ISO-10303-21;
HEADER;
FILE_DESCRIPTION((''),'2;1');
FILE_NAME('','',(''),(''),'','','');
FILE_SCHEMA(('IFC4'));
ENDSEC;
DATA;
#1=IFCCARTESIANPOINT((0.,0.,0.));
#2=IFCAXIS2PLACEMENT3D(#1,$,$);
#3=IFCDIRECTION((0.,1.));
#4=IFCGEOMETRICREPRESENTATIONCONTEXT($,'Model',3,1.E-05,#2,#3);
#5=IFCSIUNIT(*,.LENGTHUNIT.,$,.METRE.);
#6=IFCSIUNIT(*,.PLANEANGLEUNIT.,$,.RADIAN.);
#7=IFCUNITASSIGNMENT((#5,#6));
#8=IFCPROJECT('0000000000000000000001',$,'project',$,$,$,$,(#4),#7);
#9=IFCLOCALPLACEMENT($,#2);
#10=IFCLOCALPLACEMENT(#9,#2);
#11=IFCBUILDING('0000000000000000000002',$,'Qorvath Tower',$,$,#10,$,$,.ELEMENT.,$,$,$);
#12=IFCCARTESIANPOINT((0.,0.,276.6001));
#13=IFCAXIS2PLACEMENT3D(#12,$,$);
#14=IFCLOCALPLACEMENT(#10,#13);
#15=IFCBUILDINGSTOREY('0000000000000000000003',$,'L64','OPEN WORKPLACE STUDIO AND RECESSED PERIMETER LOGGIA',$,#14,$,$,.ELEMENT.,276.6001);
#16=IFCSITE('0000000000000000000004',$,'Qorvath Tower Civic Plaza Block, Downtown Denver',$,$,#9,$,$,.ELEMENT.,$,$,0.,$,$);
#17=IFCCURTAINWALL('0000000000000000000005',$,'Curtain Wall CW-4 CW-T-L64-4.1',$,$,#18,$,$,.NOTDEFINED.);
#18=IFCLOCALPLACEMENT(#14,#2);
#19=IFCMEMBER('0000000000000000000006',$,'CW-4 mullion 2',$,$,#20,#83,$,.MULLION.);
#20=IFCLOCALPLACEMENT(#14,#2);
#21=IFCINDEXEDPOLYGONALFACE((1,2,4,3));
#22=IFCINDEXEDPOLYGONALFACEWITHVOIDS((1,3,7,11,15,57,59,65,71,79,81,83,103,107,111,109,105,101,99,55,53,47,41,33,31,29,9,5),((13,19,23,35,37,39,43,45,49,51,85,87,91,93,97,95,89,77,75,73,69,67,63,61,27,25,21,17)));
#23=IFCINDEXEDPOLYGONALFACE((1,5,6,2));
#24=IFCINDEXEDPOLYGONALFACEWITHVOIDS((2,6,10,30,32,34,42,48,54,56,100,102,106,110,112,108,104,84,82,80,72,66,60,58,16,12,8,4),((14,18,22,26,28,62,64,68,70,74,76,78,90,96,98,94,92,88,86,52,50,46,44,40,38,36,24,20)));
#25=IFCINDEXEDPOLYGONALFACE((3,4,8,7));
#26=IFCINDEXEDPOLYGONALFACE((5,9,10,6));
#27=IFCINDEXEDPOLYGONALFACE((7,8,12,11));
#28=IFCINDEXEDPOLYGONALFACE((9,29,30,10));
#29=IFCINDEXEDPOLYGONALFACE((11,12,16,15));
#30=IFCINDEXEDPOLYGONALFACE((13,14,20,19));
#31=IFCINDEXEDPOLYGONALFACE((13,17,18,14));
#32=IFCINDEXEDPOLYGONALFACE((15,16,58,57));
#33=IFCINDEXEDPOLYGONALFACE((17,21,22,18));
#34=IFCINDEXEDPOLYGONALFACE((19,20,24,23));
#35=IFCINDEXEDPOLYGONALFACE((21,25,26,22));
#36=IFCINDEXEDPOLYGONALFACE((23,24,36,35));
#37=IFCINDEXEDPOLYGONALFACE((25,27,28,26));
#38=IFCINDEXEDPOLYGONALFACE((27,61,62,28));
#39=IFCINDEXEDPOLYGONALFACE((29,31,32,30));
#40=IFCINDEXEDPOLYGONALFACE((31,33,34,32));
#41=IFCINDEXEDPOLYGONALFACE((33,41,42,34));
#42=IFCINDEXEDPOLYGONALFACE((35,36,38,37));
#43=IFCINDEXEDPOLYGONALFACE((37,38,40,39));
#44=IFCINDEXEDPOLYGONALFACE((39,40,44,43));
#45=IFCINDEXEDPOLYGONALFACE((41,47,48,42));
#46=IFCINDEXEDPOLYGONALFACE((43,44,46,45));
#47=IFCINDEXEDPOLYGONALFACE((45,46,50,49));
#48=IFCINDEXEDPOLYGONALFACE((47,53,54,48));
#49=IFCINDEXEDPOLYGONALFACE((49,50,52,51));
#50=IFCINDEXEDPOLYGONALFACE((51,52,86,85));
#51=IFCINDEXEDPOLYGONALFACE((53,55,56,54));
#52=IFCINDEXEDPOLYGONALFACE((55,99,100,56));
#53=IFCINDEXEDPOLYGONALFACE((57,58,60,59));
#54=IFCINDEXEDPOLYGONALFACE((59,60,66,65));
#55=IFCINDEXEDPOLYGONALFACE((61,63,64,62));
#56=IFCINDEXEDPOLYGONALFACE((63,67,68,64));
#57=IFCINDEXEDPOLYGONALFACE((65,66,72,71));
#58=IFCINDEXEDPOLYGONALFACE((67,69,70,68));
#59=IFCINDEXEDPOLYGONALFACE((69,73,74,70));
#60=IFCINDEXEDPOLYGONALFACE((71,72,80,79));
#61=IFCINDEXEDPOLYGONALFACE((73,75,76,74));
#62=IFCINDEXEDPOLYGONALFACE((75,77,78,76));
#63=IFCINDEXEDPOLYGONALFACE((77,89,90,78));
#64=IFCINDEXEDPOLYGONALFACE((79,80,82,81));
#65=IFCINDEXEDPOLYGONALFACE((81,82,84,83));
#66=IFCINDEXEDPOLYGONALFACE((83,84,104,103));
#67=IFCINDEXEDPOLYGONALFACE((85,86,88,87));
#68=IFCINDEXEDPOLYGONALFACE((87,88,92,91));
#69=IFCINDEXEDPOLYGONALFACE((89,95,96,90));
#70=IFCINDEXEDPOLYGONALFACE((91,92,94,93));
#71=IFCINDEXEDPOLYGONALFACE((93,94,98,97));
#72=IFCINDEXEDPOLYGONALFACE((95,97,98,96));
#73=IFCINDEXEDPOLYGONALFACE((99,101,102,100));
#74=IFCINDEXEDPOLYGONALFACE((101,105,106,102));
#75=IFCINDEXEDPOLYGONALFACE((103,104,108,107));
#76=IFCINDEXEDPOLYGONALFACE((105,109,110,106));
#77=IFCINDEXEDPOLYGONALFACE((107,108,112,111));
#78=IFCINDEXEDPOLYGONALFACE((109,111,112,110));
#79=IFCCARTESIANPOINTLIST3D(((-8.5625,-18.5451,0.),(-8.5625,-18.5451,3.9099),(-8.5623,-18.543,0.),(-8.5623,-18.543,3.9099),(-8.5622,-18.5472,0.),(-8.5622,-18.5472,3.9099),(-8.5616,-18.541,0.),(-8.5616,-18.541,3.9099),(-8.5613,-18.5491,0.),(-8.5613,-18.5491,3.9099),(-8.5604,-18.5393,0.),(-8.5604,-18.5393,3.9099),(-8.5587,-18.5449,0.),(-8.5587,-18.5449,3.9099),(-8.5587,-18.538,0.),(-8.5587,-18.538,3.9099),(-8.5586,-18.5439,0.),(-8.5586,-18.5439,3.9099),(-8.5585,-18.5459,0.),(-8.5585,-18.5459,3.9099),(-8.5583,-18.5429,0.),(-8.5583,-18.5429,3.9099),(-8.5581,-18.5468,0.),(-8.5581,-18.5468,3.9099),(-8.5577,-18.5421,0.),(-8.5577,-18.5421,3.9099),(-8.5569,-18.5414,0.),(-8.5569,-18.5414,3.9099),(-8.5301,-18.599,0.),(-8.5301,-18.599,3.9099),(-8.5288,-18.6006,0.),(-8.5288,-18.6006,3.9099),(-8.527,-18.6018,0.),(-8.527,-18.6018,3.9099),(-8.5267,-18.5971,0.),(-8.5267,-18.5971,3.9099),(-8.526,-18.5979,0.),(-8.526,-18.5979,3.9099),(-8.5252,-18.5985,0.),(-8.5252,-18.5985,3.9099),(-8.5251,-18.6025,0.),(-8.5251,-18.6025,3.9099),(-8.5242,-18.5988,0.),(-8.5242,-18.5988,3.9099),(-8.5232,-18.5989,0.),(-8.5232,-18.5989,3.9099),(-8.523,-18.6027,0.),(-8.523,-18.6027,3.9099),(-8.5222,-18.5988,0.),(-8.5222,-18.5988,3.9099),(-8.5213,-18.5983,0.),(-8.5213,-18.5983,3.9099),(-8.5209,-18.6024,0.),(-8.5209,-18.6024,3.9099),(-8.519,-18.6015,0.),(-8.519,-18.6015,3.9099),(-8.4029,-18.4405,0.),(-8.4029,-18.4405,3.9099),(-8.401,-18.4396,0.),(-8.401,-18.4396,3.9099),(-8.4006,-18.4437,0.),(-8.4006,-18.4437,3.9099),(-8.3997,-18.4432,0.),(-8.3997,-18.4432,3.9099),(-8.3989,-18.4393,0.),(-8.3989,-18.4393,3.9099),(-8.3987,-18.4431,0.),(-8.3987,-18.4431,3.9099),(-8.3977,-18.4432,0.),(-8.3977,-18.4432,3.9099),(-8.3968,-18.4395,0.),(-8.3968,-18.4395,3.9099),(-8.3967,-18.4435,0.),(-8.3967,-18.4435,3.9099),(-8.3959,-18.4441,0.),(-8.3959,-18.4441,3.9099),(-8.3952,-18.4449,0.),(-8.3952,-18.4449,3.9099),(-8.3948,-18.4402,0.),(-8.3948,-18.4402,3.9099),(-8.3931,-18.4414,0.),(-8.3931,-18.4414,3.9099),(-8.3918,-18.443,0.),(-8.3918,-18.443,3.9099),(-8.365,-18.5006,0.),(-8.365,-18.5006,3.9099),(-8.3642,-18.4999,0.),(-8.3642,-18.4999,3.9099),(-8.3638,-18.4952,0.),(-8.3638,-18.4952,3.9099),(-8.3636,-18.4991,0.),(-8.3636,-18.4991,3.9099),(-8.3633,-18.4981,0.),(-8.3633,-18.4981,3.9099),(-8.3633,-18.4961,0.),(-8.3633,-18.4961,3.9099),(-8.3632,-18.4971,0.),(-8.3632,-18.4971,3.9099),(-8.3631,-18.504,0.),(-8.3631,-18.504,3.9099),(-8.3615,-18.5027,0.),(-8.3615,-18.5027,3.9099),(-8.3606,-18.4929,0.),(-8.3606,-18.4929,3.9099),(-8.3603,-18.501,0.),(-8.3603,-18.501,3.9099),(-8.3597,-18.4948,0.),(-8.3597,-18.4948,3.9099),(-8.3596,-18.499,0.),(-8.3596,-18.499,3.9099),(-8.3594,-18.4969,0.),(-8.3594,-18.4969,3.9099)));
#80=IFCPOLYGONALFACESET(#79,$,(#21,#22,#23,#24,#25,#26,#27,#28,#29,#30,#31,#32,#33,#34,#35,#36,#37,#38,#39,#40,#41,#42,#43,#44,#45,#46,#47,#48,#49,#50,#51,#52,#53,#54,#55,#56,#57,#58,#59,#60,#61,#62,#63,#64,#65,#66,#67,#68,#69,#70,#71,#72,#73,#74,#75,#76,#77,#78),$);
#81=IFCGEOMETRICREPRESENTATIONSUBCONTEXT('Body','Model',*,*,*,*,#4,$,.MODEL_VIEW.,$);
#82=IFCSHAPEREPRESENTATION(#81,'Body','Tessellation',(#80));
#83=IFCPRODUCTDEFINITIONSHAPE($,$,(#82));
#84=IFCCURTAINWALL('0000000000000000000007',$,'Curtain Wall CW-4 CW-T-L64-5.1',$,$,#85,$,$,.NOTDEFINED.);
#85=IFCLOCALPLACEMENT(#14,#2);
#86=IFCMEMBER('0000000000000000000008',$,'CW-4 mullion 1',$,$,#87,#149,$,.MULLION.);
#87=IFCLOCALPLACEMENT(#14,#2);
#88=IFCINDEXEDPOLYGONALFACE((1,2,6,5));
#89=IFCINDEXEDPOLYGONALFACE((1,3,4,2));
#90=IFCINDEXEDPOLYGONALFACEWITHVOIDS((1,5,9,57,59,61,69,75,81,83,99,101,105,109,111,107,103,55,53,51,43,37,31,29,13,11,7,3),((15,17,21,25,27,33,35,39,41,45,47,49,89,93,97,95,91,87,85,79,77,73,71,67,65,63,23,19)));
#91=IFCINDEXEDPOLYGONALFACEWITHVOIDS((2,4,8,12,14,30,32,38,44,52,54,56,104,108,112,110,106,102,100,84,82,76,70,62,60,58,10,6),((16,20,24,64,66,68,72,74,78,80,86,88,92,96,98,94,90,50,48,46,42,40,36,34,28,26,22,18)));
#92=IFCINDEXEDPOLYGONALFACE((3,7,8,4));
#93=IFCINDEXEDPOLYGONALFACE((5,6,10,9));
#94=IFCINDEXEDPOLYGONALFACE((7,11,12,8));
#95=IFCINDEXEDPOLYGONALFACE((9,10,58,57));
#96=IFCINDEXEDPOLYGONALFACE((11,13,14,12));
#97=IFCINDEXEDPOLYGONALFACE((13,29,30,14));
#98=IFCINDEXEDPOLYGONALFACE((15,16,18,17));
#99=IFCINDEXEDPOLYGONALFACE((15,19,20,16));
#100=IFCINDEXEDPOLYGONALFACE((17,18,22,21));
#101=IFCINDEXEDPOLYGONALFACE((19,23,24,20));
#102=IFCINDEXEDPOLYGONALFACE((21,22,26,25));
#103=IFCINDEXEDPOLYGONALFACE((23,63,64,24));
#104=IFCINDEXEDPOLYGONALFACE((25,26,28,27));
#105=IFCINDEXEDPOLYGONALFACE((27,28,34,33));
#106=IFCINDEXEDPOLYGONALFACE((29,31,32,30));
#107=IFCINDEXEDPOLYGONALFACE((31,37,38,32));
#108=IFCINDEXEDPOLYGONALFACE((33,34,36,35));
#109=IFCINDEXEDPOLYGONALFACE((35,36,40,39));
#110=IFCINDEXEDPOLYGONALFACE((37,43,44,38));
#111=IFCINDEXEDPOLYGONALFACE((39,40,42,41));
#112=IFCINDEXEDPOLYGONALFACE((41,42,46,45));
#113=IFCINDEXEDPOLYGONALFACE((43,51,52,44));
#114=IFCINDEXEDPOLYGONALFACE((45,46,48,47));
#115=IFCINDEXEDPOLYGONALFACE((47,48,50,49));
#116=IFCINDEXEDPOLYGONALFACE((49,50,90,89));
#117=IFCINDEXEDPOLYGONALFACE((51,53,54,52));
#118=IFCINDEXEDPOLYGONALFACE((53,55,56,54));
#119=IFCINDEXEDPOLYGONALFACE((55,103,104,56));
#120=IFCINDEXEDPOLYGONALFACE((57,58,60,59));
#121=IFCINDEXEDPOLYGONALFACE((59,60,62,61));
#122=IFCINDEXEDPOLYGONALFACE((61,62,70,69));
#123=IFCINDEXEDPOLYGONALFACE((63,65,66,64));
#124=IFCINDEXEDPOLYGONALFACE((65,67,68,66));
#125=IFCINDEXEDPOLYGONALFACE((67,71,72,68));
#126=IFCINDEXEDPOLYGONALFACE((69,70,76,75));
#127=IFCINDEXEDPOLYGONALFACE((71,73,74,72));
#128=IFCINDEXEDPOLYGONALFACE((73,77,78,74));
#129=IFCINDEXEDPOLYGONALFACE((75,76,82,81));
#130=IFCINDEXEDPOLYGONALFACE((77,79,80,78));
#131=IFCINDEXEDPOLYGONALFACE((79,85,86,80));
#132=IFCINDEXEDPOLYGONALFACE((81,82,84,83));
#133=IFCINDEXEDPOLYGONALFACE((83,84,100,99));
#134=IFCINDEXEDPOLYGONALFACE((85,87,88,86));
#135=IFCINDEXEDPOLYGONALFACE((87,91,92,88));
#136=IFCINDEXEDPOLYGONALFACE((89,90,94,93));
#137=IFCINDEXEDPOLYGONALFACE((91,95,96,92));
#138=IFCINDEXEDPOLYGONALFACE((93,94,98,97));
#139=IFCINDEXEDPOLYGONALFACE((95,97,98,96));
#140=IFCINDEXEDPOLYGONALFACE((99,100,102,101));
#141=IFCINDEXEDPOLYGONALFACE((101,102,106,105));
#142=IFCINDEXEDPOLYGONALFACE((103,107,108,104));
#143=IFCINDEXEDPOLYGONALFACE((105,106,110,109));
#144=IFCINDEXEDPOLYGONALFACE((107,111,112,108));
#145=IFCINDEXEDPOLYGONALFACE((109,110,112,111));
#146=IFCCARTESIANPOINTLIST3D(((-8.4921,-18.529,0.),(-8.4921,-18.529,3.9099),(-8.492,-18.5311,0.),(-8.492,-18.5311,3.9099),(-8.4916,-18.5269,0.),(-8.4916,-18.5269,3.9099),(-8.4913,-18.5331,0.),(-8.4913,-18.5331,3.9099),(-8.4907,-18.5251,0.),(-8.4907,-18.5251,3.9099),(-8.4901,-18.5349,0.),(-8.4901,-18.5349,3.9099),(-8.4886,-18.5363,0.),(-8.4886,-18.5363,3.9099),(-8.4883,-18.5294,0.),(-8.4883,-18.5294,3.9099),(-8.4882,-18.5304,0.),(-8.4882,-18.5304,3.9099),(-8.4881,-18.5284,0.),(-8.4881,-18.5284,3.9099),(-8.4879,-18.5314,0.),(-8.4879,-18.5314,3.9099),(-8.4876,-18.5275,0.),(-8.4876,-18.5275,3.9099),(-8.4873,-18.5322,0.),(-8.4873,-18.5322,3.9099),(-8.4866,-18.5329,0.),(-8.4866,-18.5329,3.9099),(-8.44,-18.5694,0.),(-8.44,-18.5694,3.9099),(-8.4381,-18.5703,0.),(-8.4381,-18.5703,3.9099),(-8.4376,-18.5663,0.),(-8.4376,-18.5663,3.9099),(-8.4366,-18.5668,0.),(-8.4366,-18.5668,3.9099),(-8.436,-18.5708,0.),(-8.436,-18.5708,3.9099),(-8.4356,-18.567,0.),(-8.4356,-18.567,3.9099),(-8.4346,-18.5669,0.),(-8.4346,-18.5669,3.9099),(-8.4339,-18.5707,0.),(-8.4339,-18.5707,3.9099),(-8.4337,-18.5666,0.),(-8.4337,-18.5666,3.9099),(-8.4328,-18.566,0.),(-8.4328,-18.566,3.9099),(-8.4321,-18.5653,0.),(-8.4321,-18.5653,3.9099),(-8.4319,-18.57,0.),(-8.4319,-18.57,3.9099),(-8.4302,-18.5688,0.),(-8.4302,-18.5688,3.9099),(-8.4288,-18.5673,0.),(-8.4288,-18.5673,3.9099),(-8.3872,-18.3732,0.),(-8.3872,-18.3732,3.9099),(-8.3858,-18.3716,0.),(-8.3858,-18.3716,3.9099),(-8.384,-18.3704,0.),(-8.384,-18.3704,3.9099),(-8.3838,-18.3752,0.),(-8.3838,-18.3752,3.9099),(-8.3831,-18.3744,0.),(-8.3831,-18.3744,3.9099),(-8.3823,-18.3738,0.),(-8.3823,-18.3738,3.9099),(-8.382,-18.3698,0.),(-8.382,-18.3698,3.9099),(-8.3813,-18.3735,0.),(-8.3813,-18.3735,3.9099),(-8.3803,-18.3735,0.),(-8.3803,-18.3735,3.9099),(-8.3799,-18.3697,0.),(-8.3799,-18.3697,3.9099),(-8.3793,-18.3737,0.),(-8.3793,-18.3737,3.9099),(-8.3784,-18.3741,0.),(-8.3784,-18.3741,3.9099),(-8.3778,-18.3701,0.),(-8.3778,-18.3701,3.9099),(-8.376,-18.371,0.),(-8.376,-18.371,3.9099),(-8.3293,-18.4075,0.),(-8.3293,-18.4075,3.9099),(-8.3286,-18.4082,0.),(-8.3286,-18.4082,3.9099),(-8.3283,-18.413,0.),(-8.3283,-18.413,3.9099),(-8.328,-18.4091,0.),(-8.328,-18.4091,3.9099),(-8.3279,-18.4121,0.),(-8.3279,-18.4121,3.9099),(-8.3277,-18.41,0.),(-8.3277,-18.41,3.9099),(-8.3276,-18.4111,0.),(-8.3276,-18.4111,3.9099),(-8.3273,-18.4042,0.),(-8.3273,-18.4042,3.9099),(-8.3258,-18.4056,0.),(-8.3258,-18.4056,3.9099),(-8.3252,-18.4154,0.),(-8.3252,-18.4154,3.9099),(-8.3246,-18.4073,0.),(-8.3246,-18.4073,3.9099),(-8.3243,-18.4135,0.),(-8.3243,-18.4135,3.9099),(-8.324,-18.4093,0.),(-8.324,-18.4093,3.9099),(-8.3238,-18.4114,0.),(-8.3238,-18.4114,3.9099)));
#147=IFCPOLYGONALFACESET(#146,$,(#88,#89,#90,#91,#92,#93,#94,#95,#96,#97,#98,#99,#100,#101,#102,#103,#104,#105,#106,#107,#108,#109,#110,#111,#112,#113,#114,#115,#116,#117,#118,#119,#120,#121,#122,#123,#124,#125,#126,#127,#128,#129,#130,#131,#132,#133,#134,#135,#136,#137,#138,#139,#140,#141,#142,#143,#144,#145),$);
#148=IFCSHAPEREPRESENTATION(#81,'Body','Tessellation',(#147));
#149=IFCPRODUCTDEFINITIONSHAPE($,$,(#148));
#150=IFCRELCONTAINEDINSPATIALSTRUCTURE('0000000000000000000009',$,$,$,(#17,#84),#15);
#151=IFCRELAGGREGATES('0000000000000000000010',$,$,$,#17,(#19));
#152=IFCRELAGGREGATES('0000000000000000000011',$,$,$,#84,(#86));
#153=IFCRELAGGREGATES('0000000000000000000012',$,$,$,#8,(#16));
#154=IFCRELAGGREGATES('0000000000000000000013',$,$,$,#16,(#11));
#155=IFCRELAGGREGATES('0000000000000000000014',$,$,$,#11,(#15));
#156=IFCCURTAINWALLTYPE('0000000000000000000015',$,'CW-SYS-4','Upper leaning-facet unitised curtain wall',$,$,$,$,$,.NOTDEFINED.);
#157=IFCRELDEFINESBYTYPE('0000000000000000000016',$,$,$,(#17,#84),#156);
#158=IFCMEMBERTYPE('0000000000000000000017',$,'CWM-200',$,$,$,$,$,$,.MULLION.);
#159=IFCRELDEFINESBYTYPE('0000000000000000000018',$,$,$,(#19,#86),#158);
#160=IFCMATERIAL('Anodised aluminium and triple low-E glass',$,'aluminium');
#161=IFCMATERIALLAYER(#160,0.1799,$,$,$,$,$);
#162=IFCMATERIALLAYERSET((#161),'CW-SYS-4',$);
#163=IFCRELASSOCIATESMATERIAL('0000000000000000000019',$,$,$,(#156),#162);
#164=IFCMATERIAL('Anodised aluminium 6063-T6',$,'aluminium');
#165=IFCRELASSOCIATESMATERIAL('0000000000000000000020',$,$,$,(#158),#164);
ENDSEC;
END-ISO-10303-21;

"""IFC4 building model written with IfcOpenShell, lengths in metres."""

from ifc_helpers import new_model, si_unit, direction, frame, origin, origin_2d, place, context, subcontext, project, spatial, hollow_rectangle, extrude, material, layer, layer_set, material_profile, profile_set, type_object, element, aggregate, save


model = new_model("IFC4")

# Units and contexts
model_context = context("Model", 3, precision=1e-05, world=origin(), true_north=direction((0.0, 1.0)))
body_context = subcontext(model_context, "Body", "Model", "MODEL_VIEW")
ifc_project = project(units=[si_unit("LENGTHUNIT", "METRE"), si_unit("PLANEANGLEUNIT", "RADIAN")], contexts=[model_context])

# Site, building, storey
site_placement = place(None, origin())
site = spatial("IfcSite", under=ifc_project, at=site_placement, Name="Qorvath Tower Civic Plaza Block, Downtown Denver", CompositionType="ELEMENT", RefElevation=0.0)
building_placement = place(site_placement, origin())
building = spatial("IfcBuilding", under=site, at=building_placement, Name="Qorvath Tower", CompositionType="ELEMENT")
storey_placement = place(building_placement, frame((0.0, 0.0, 276.6001)))
storey = spatial("IfcBuildingStorey", under=building, at=storey_placement, Name="L64", Description="OPEN WORKPLACE STUDIO AND RECESSED PERIMETER LOGGIA", CompositionType="ELEMENT", Elevation=276.6001)

# Curtain wall, member
ifc_material_1 = material(Name="Anodised aluminium and triple low-E glass", Category="aluminium")
ifc_layer_1 = layer(ifc_material_1, 0.1799)
ifc_layer_set_1 = layer_set([ifc_layer_1], Name="CW-SYS-4")
curtain_wall_type = type_object("IfcCurtainWallType", Name="CW-SYS-4", Description="Upper leaning-facet unitised curtain wall", PredefinedType="NOTDEFINED", material=ifc_layer_set_1)
curtain_wall_1_placement = place(storey_placement, origin())
curtain_wall_1 = element("IfcCurtainWall", 1, at=curtain_wall_1_placement, inside=storey, type_object=curtain_wall_type, Name="Curtain Wall CW-4 CW-T-L64-4.1", PredefinedType="NOTDEFINED")
ifc_material_2 = material(Name="Anodised aluminium 6063-T6", Category="aluminium")
ifc_material_profile_1 = material_profile(ifc_material_2, hollow_rectangle(XDim=0.075, YDim=0.2, WallThickness=0.0039, InnerFilletRadius=0.0039, OuterFilletRadius=0.0081, at=origin_2d()), Name="CWM 200x75")
ifc_profile_set_1 = profile_set([ifc_material_profile_1], Name="Anodised aluminium 6063-T6")
member_type_1 = type_object("IfcMemberType", Name="CWM-200", PredefinedType="MULLION", material=ifc_profile_set_1)
member_1_placement = place(storey_placement, frame((-8.4609, -18.521, 0.0), z_axis=(0.0, 0.0, 1.0), x_axis=(-0.530363, 0.847771, 0.0)))
member_1 = element("IfcMember", 2, at=member_1_placement, type_object=member_type_1, Name="CW-4 mullion 2", PredefinedType="MULLION", context=body_context, shape_type="SweptSolid", body=[
    extrude(hollow_rectangle(XDim=0.075, YDim=0.2, WallThickness=0.0039, InnerFilletRadius=0.0039, OuterFilletRadius=0.0081, at=origin_2d()), origin(), (0.0, 0.0, 1.0), 3.9099),
])

# Curtain wall, member
curtain_wall_2_placement = place(storey_placement, origin())
curtain_wall_2 = element("IfcCurtainWall", 3, at=curtain_wall_2_placement, inside=storey, type_object=curtain_wall_type, Name="Curtain Wall CW-4 CW-T-L64-5.1", PredefinedType="NOTDEFINED")
member_2_placement = place(storey_placement, frame((-8.408, -18.4702, 0.0), z_axis=(0.0, 0.0, 1.0), x_axis=(-0.826319, 0.563203, 0.0)))
member_2 = element("IfcMember", 4, at=member_2_placement, type_object=member_type_1, Name="CW-4 mullion 1", PredefinedType="MULLION", context=body_context, shape_type="SweptSolid", body=[
    extrude(hollow_rectangle(XDim=0.075, YDim=0.2, WallThickness=0.0039, InnerFilletRadius=0.0039, OuterFilletRadius=0.0081, at=origin_2d()), origin(), (0.0, 0.0, 1.0), 3.9099),
])

aggregate(curtain_wall_1, [member_1])
aggregate(curtain_wall_2, [member_2])

save(model, "model.ifc")
